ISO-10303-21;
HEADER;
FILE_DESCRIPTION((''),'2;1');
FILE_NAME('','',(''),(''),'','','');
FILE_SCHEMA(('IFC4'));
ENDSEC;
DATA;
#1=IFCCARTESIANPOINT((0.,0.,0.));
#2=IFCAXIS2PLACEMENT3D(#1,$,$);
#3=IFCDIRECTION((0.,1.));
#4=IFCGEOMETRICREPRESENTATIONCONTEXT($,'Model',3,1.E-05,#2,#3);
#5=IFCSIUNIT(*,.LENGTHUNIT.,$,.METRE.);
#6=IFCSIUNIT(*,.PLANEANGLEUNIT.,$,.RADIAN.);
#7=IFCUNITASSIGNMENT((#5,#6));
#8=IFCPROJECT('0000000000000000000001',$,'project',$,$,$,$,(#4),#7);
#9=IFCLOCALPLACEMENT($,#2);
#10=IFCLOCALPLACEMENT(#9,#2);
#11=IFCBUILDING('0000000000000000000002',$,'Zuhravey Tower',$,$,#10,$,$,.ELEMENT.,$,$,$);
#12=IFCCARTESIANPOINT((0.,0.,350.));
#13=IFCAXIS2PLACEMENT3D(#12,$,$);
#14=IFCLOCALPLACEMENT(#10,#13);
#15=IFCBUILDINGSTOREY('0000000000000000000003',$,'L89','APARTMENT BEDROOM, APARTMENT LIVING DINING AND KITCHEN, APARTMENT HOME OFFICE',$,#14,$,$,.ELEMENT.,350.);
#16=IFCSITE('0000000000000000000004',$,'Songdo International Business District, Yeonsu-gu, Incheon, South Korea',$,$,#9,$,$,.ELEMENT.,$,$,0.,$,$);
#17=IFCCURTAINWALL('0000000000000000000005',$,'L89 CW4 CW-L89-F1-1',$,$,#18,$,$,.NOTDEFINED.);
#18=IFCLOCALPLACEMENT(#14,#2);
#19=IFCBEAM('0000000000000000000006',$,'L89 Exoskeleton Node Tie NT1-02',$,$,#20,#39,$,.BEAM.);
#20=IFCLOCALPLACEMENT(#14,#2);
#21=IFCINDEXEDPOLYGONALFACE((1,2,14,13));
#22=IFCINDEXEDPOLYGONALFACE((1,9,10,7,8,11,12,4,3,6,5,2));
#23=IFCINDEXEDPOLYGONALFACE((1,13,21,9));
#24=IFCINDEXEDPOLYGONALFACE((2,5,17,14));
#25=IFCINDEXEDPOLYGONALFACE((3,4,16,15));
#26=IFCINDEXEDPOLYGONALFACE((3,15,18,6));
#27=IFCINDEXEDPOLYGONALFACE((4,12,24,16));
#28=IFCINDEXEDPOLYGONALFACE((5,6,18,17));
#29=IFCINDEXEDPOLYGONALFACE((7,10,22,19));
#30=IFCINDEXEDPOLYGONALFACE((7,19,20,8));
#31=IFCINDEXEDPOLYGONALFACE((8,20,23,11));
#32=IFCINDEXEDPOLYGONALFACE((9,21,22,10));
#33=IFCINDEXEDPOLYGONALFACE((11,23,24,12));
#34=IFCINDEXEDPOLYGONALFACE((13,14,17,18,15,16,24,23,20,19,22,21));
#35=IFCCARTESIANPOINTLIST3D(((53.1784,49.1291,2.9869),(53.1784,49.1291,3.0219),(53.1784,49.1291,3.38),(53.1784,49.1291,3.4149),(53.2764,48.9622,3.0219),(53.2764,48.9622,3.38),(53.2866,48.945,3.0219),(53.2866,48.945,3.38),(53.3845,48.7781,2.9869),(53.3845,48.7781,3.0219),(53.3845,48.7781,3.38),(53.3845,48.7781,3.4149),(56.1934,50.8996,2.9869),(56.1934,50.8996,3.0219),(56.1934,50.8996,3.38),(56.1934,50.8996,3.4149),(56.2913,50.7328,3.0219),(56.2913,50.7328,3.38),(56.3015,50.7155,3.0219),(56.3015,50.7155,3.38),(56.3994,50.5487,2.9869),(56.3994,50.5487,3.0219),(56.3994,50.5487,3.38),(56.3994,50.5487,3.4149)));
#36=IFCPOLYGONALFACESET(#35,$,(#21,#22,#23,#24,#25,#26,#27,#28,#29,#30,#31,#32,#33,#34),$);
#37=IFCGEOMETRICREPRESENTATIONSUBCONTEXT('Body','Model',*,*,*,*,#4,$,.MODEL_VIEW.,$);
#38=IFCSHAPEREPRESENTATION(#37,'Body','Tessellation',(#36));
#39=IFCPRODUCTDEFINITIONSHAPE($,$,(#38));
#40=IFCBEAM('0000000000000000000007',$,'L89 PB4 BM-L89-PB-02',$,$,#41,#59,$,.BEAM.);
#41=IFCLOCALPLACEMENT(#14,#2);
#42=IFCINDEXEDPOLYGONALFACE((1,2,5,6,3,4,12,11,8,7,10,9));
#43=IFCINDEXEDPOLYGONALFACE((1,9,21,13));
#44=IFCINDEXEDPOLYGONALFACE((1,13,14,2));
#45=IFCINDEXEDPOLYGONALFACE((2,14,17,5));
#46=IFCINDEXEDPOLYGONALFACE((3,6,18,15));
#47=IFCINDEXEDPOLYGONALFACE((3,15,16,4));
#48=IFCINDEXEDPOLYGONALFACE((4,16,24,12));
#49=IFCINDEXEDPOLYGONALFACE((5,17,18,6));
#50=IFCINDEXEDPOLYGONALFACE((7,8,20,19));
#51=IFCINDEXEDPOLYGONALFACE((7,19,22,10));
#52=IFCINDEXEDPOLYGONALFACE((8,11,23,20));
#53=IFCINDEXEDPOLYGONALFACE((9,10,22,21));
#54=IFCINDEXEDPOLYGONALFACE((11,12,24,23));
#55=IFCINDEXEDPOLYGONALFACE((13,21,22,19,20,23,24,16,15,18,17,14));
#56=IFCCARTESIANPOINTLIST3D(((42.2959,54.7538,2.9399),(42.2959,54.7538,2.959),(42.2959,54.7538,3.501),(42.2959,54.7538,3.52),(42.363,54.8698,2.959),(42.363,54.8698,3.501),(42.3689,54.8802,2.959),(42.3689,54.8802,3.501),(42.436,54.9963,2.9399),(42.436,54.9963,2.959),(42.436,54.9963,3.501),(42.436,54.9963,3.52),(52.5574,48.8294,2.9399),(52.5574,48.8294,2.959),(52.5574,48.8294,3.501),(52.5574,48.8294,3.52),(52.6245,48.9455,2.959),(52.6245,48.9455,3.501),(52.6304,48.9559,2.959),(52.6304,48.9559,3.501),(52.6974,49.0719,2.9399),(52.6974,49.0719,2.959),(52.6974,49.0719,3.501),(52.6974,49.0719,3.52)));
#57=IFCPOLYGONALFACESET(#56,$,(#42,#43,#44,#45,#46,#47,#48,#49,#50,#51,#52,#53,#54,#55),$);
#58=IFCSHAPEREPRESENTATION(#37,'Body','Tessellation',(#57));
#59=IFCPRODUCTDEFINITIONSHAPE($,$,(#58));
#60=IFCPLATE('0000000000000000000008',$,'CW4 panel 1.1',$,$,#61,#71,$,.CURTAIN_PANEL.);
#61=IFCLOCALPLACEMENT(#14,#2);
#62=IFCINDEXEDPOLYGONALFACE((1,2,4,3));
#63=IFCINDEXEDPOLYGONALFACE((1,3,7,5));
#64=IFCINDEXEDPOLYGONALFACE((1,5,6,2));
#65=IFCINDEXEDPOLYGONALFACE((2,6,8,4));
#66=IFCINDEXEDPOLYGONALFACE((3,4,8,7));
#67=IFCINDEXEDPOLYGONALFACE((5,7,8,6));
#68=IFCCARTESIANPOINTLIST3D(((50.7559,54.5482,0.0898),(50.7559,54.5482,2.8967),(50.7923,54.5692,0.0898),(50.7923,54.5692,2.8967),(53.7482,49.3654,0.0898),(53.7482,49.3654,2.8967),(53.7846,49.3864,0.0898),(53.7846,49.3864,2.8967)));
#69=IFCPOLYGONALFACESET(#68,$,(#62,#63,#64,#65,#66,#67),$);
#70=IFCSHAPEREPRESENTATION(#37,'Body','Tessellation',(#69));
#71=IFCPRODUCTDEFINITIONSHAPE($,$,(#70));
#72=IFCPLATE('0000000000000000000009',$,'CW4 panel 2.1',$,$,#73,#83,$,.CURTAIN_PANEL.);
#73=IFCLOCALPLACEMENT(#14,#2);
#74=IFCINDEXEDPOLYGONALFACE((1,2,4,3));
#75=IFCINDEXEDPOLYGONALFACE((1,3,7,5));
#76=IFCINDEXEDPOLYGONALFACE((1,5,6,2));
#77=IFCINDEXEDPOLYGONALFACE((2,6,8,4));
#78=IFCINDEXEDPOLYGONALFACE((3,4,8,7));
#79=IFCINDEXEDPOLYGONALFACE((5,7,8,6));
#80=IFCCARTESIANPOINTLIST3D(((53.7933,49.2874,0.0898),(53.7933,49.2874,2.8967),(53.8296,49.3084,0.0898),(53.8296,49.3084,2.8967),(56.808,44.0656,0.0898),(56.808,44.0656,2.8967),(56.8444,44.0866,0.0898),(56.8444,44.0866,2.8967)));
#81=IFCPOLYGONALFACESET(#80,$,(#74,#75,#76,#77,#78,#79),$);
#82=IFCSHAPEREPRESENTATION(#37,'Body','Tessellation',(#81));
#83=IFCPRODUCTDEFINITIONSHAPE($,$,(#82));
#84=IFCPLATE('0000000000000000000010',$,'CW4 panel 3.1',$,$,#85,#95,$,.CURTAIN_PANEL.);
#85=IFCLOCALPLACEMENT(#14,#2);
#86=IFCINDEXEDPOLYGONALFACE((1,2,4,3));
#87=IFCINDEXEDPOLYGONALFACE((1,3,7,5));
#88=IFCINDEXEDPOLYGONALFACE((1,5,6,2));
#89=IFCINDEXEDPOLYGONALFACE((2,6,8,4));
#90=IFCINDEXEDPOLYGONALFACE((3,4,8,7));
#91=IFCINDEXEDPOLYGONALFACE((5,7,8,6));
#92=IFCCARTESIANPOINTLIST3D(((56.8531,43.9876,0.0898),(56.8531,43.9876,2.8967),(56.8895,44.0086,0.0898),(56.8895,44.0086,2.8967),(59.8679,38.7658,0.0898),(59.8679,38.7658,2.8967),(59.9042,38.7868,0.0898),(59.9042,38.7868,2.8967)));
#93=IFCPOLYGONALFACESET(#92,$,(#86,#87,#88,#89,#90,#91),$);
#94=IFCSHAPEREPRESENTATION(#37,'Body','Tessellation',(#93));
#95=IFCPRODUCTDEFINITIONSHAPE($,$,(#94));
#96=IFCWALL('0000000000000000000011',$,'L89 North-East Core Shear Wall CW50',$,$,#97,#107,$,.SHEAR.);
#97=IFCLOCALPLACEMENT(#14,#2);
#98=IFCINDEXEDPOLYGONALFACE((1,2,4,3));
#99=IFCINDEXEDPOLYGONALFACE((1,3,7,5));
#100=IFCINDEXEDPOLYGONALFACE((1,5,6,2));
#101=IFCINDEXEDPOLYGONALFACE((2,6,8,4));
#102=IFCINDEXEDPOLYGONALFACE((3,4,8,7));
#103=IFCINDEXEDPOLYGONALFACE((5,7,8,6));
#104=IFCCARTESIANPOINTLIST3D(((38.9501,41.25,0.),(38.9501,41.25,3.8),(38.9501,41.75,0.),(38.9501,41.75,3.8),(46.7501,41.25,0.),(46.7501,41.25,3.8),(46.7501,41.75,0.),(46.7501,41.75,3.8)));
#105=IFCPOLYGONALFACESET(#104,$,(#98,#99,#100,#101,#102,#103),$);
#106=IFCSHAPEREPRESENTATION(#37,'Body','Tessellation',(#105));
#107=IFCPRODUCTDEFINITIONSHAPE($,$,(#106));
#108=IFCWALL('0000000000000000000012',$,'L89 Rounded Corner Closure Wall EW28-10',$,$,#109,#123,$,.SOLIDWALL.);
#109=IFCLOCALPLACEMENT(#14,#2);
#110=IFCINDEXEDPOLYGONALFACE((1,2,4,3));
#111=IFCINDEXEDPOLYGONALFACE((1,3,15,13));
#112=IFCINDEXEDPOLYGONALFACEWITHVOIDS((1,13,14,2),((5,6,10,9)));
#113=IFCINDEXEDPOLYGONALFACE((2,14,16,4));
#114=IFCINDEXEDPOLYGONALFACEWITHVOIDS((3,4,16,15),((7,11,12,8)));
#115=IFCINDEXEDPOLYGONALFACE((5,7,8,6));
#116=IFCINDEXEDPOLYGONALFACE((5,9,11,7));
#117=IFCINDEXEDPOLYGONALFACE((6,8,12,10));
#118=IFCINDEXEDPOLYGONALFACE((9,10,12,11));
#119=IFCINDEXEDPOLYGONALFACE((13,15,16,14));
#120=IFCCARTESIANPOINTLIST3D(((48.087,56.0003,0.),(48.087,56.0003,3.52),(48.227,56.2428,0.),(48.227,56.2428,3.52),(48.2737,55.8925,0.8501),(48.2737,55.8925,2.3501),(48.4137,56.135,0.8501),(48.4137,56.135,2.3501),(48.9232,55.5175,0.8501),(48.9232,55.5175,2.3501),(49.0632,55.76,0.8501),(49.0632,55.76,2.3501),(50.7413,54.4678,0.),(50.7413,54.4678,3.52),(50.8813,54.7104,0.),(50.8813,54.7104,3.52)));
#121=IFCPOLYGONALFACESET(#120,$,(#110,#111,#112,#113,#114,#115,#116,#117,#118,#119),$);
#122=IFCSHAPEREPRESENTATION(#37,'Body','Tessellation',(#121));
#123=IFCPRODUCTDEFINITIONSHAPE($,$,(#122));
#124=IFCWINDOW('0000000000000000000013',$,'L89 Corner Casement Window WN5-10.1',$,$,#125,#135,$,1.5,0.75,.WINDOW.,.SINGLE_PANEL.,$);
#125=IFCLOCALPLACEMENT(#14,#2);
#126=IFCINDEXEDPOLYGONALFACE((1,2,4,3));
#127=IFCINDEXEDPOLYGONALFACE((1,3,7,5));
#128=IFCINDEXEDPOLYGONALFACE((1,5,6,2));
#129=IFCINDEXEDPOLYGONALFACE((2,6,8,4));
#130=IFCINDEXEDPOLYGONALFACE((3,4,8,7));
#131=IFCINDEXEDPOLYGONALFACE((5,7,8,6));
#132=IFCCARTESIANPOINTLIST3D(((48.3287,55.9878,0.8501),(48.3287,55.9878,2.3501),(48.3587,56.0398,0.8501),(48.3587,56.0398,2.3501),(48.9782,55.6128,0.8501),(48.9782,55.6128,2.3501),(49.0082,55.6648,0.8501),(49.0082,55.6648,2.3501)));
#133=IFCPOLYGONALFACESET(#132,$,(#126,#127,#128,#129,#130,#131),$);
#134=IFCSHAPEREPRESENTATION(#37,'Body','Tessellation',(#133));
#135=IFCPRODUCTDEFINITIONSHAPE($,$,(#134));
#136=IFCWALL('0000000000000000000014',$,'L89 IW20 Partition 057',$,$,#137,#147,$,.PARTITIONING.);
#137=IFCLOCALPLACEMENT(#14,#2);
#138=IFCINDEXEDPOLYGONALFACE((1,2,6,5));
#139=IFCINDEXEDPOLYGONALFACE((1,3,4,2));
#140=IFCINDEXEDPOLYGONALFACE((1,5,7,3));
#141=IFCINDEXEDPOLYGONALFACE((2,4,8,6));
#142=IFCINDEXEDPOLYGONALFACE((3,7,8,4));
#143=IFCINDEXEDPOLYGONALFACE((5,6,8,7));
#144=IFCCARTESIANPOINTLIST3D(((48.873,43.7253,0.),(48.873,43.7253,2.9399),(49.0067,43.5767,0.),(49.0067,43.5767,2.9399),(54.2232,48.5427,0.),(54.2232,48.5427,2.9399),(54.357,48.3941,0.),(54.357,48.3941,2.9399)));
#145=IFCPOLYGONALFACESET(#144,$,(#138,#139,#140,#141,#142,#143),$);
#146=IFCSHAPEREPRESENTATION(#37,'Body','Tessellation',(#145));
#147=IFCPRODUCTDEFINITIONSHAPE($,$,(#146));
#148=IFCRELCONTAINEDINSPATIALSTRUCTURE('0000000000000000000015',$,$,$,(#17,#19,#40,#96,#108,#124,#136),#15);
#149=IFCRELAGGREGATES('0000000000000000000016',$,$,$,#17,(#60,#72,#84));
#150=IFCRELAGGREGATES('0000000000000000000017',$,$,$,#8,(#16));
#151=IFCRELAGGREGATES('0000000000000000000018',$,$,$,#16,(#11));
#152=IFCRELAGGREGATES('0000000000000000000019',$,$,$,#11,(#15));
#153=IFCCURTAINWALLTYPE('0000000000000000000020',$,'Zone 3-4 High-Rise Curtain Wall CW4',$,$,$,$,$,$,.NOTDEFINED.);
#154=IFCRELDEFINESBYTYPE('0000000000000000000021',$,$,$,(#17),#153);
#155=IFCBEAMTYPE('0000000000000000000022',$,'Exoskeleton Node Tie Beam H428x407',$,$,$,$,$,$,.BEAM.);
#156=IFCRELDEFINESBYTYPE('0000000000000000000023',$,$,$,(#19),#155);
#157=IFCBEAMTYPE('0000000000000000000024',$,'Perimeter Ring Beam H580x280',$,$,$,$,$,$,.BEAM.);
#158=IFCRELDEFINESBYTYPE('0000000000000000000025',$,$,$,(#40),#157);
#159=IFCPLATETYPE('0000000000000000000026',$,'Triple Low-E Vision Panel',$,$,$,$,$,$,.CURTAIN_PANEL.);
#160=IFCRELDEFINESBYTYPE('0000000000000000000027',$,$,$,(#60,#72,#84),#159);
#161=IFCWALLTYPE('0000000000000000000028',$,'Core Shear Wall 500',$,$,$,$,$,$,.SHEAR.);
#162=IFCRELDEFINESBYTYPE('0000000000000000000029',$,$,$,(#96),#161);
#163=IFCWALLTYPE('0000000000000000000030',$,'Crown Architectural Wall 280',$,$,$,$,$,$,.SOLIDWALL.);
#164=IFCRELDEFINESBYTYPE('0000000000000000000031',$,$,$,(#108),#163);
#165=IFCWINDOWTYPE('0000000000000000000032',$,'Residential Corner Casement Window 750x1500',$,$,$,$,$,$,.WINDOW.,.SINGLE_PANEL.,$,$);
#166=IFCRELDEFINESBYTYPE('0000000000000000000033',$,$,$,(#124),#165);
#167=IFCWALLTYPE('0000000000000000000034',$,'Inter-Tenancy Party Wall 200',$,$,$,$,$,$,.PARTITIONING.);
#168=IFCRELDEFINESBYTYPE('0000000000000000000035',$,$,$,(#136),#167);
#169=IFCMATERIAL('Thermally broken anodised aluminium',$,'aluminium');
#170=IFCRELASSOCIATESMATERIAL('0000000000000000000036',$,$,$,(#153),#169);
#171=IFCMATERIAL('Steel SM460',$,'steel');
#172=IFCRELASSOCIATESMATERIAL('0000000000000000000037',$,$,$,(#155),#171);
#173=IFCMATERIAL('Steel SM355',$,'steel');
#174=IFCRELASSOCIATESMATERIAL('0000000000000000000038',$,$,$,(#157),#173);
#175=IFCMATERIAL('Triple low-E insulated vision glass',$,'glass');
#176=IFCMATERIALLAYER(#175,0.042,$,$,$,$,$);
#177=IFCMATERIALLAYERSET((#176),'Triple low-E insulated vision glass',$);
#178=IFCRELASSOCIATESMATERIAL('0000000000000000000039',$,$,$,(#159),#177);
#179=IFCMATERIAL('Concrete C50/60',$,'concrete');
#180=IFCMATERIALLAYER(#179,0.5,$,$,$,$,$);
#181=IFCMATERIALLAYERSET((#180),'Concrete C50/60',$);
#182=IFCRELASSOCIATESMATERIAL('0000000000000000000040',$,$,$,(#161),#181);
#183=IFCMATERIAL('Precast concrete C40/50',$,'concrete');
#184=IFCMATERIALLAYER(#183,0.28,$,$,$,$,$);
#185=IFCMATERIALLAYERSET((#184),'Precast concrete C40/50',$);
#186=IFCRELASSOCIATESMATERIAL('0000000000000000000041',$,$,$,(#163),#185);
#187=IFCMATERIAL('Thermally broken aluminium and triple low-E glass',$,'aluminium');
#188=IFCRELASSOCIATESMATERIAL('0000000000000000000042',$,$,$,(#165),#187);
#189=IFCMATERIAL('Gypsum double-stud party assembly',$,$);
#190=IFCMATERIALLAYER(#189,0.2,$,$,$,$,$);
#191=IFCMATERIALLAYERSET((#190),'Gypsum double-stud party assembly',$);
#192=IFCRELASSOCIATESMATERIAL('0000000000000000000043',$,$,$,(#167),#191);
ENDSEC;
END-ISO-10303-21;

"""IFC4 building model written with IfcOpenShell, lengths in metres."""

from ifc_helpers import new_model, si_unit, direction, frame, frame_2d, origin, origin_2d, place, context, subcontext, project, spatial, rectangle, i_section, extrude, material, layer, layer_set, material_profile, profile_set, type_object, element, fill, aggregate, save


model = new_model("IFC4")

# Units and contexts
model_context = context("Model", 3, precision=1e-05, world=origin(), true_north=direction((0.0, 1.0)))
body_context = subcontext(model_context, "Body", "Model", "MODEL_VIEW")
ifc_project = project(units=[si_unit("LENGTHUNIT", "METRE"), si_unit("PLANEANGLEUNIT", "RADIAN")], contexts=[model_context])

# Site, building, storey
site_placement = place(None, origin())
site = spatial("IfcSite", under=ifc_project, at=site_placement, Name="Songdo International Business District, Yeonsu-gu, Incheon, South Korea", CompositionType="ELEMENT", RefElevation=0.0)
building_placement = place(site_placement, origin())
building = spatial("IfcBuilding", under=site, at=building_placement, Name="Zuhravey Tower", CompositionType="ELEMENT")
storey_placement = place(building_placement, frame((0.0, 0.0, 350.0)))
storey = spatial("IfcBuildingStorey", under=building, at=storey_placement, Name="L89", Description="APARTMENT BEDROOM, APARTMENT LIVING DINING AND KITCHEN, APARTMENT HOME OFFICE", CompositionType="ELEMENT", Elevation=350.0)

# Shared definitions
ifc_material_1 = material(Name="Concrete C50/60", Category="concrete")

# Shared definitions
ifc_material_2 = material(Name="Thermally broken anodised aluminium", Category="aluminium")
curtain_wall_type = type_object("IfcCurtainWallType", Name="Zone 3-4 High-Rise Curtain Wall CW4", PredefinedType="NOTDEFINED", material=ifc_material_2)

# Curtain wall
curtain_wall_1_placement = place(storey_placement, origin())
curtain_wall_1 = element("IfcCurtainWall", 1, at=curtain_wall_1_placement, inside=storey, type_object=curtain_wall_type, Name="L89 CW4 CW-L89-F1-1", PredefinedType="NOTDEFINED")

# Beams
ifc_material_3 = material(Name="Steel SM460", Category="steel")
ifc_material_profile_1 = material_profile(ifc_material_3, i_section(OverallWidth=0.407, OverallDepth=0.428, WebThickness=0.02, FlangeThickness=0.0349, at=origin_2d()), Name="H-428x407x20x35")
ifc_profile_set_1 = profile_set([ifc_material_profile_1], Name="Steel SM460")
beam_type_1 = type_object("IfcBeamType", Name="Exoskeleton Node Tie Beam H428x407", PredefinedType="BEAM", material=ifc_profile_set_1)
beam_1_placement = place(storey_placement, frame((53.2815, 48.9536, 3.2009), z_axis=(0.862304, 0.506391, 0.0), x_axis=(-0.506391, 0.862304, 0.0)))
element("IfcBeam", 2, at=beam_1_placement, inside=storey, type_object=beam_type_1, Name="L89 Exoskeleton Node Tie NT1-02", PredefinedType="BEAM", context=body_context, shape_type="SweptSolid", body=[
    extrude(i_section(OverallWidth=0.407, OverallDepth=0.428, WebThickness=0.02, FlangeThickness=0.0349, at=origin_2d()), origin(), (0.0, 0.0, 1.0), 3.4963),
])
ifc_material_4 = material(Name="Steel SM355", Category="steel")
ifc_material_profile_2 = material_profile(ifc_material_4, i_section(OverallWidth=0.28, OverallDepth=0.5801, WebThickness=0.012, FlangeThickness=0.019, at=origin_2d()), Name="H-580x280x12x19")
ifc_profile_set_2 = profile_set([ifc_material_profile_2], Name="Steel SM355")
beam_type_2 = type_object("IfcBeamType", Name="Perimeter Ring Beam H580x280", PredefinedType="BEAM", material=ifc_profile_set_2)
beam_2_placement = place(storey_placement, frame((52.6274, 48.9507, 3.23), z_axis=(-0.866031, 0.499991, 0.0), x_axis=(-0.499991, -0.866031, 0.0)))
element("IfcBeam", 3, at=beam_2_placement, inside=storey, type_object=beam_type_2, Name="L89 PB4 BM-L89-PB-02", PredefinedType="BEAM", context=body_context, shape_type="SweptSolid", body=[
    extrude(i_section(OverallWidth=0.28, OverallDepth=0.5801, WebThickness=0.012, FlangeThickness=0.019, at=origin_2d()), origin(), (0.0, 0.0, 1.0), 11.8489),
])

# Plates
ifc_material_5 = material(Name="Triple low-E insulated vision glass", Category="glass")
ifc_layer_1 = layer(ifc_material_5, 0.042)
ifc_layer_set_1 = layer_set([ifc_layer_1], Name="Triple low-E insulated vision glass")
plate_type = type_object("IfcPlateType", Name="Triple Low-E Vision Panel", PredefinedType="CURTAIN_PANEL", material=ifc_layer_set_1)
plate_1_placement = place(storey_placement, frame((52.2703, 51.9673, 0.0898), z_axis=(0.0, 0.0, 1.0), x_axis=(0.5, -0.866026, 0.0)))
plate_1 = element("IfcPlate", 4, at=plate_1_placement, type_object=plate_type, Name="CW4 panel 1.1", PredefinedType="CURTAIN_PANEL", context=body_context, shape_type="SweptSolid", body=[
    extrude(rectangle(XDim=5.9846, YDim=0.042, at=origin_2d()), origin(), (0.0, 0.0, 1.0), 2.8069),
])
plate_2_placement = place(storey_placement, frame((55.3188, 46.687, 0.0898), z_axis=(0.0, 0.0, 1.0), x_axis=(0.5, -0.866026, 0.0)))
plate_2 = element("IfcPlate", 5, at=plate_2_placement, type_object=plate_type, Name="CW4 panel 2.1", PredefinedType="CURTAIN_PANEL", context=body_context, shape_type="SweptSolid", body=[
    extrude(rectangle(XDim=6.0295, YDim=0.042, at=origin_2d()), origin(), (0.0, 0.0, 1.0), 2.8069),
])
plate_3_placement = place(storey_placement, frame((58.3787, 41.3872, 0.0898), z_axis=(0.0, 0.0, 1.0), x_axis=(0.5, -0.866026, 0.0)))
plate_3 = element("IfcPlate", 6, at=plate_3_placement, type_object=plate_type, Name="CW4 panel 3.1", PredefinedType="CURTAIN_PANEL", context=body_context, shape_type="SweptSolid", body=[
    extrude(rectangle(XDim=6.0295, YDim=0.042, at=origin_2d()), origin(), (0.0, 0.0, 1.0), 2.8069),
])
aggregate(curtain_wall_1, [plate_1, plate_2, plate_3])

# Wall
ifc_layer_2 = layer(ifc_material_1, 0.5)
ifc_layer_set_2 = layer_set([ifc_layer_2], Name="Concrete C50/60")
wall_type_1 = type_object("IfcWallType", Name="Core Shear Wall 500", PredefinedType="SHEAR", material=ifc_layer_set_2)
wall_1_placement = place(storey_placement, frame((46.75, 41.5, 0.0), z_axis=(0.0, 0.0, 1.0), x_axis=(-1.0, 0.0, 0.0)))
element("IfcWall", 7, at=wall_1_placement, inside=storey, type_object=wall_type_1, Name="L89 North-East Core Shear Wall CW50", PredefinedType="SHEAR", context=body_context, shape_type="SweptSolid", body=[
    extrude(rectangle(XDim=7.8, YDim=0.5, at=frame_2d((3.8999, 0.0))), origin(), (0.0, 0.0, 1.0), 3.8),
])

# Wall, opening, window
ifc_material_6 = material(Name="Precast concrete C40/50", Category="concrete")
ifc_layer_3 = layer(ifc_material_6, 0.28)
ifc_layer_set_3 = layer_set([ifc_layer_3], Name="Precast concrete C40/50")
wall_type_2 = type_object("IfcWallType", Name="Crown Architectural Wall 280", PredefinedType="SOLIDWALL", material=ifc_layer_set_3)
wall_2_placement = place(storey_placement, frame((48.157, 56.1216, 0.0), z_axis=(0.0, 0.0, 1.0), x_axis=(0.866024, -0.500003, 0.0)))
wall_2 = element("IfcWall", 8, at=wall_2_placement, inside=storey, type_object=wall_type_2, Name="L89 Rounded Corner Closure Wall EW28-10", PredefinedType="SOLIDWALL", context=body_context, shape_type="SweptSolid", body=[
    extrude(rectangle(XDim=3.0649, YDim=0.28, at=frame_2d((1.5325, 0.0))), origin(), (0.0, 0.0, 1.0), 3.52),
])
opening_1_placement = place(wall_2_placement, frame((0.2156, 0.0, 0.8501)))
opening_1 = element("IfcOpeningElement", 9, at=opening_1_placement, cuts=wall_2, PredefinedType="OPENING", context=body_context, shape_type="SweptSolid", body=[
    extrude(rectangle(XDim=0.75, YDim=1.5, at=frame_2d((0.375, 0.75))), frame((0.0, 0.1521, 0.0), z_axis=(0.0, -1.0, 0.0), x_axis=(1.0, 0.0, 0.0)), (0.0, 0.0, 1.0), 0.304),
])
ifc_material_7 = material(Name="Thermally broken aluminium and triple low-E glass", Category="aluminium")
window_type = type_object("IfcWindowType", Name="Residential Corner Casement Window 750x1500", PartitioningType="SINGLE_PANEL", PredefinedType="WINDOW", material=ifc_material_7)
window_placement = place(opening_1_placement, origin())
window = element("IfcWindow", 10, at=window_placement, inside=storey, type_object=window_type, Name="L89 Corner Casement Window WN5-10.1", OverallHeight=1.5, OverallWidth=0.75, PartitioningType="SINGLE_PANEL", PredefinedType="WINDOW", context=body_context, shape_type="SweptSolid", body=[
    extrude(rectangle(XDim=0.75, YDim=1.5, at=frame_2d((0.375, 0.75))), frame((0.0, 0.03, 0.0), z_axis=(0.0, -1.0, 0.0), x_axis=(1.0, 0.0, 0.0)), (0.0, 0.0, 1.0), 0.0601),
])
fill(opening_1, window)

# Wall
ifc_material_8 = material(Name="Gypsum double-stud party assembly")
ifc_layer_4 = layer(ifc_material_8, 0.2)
ifc_layer_set_4 = layer_set([ifc_layer_4], Name="Gypsum double-stud party assembly")
wall_type_3 = type_object("IfcWallType", Name="Inter-Tenancy Party Wall 200", PredefinedType="PARTITIONING", material=ifc_layer_set_4)
wall_3_placement = place(storey_placement, frame((48.9399, 43.6511, 0.0), z_axis=(0.0, 0.0, 1.0), x_axis=(0.743151, 0.669124, 0.0)))
element("IfcWall", 11, at=wall_3_placement, inside=storey, type_object=wall_type_3, Name="L89 IW20 Partition 057", PredefinedType="PARTITIONING", context=body_context, shape_type="SweptSolid", body=[
    extrude(rectangle(XDim=7.1995, YDim=0.2, at=frame_2d((3.5996, 0.0))), origin(), (0.0, 0.0, 1.0), 2.9399),
])

save(model, "model.ifc")
